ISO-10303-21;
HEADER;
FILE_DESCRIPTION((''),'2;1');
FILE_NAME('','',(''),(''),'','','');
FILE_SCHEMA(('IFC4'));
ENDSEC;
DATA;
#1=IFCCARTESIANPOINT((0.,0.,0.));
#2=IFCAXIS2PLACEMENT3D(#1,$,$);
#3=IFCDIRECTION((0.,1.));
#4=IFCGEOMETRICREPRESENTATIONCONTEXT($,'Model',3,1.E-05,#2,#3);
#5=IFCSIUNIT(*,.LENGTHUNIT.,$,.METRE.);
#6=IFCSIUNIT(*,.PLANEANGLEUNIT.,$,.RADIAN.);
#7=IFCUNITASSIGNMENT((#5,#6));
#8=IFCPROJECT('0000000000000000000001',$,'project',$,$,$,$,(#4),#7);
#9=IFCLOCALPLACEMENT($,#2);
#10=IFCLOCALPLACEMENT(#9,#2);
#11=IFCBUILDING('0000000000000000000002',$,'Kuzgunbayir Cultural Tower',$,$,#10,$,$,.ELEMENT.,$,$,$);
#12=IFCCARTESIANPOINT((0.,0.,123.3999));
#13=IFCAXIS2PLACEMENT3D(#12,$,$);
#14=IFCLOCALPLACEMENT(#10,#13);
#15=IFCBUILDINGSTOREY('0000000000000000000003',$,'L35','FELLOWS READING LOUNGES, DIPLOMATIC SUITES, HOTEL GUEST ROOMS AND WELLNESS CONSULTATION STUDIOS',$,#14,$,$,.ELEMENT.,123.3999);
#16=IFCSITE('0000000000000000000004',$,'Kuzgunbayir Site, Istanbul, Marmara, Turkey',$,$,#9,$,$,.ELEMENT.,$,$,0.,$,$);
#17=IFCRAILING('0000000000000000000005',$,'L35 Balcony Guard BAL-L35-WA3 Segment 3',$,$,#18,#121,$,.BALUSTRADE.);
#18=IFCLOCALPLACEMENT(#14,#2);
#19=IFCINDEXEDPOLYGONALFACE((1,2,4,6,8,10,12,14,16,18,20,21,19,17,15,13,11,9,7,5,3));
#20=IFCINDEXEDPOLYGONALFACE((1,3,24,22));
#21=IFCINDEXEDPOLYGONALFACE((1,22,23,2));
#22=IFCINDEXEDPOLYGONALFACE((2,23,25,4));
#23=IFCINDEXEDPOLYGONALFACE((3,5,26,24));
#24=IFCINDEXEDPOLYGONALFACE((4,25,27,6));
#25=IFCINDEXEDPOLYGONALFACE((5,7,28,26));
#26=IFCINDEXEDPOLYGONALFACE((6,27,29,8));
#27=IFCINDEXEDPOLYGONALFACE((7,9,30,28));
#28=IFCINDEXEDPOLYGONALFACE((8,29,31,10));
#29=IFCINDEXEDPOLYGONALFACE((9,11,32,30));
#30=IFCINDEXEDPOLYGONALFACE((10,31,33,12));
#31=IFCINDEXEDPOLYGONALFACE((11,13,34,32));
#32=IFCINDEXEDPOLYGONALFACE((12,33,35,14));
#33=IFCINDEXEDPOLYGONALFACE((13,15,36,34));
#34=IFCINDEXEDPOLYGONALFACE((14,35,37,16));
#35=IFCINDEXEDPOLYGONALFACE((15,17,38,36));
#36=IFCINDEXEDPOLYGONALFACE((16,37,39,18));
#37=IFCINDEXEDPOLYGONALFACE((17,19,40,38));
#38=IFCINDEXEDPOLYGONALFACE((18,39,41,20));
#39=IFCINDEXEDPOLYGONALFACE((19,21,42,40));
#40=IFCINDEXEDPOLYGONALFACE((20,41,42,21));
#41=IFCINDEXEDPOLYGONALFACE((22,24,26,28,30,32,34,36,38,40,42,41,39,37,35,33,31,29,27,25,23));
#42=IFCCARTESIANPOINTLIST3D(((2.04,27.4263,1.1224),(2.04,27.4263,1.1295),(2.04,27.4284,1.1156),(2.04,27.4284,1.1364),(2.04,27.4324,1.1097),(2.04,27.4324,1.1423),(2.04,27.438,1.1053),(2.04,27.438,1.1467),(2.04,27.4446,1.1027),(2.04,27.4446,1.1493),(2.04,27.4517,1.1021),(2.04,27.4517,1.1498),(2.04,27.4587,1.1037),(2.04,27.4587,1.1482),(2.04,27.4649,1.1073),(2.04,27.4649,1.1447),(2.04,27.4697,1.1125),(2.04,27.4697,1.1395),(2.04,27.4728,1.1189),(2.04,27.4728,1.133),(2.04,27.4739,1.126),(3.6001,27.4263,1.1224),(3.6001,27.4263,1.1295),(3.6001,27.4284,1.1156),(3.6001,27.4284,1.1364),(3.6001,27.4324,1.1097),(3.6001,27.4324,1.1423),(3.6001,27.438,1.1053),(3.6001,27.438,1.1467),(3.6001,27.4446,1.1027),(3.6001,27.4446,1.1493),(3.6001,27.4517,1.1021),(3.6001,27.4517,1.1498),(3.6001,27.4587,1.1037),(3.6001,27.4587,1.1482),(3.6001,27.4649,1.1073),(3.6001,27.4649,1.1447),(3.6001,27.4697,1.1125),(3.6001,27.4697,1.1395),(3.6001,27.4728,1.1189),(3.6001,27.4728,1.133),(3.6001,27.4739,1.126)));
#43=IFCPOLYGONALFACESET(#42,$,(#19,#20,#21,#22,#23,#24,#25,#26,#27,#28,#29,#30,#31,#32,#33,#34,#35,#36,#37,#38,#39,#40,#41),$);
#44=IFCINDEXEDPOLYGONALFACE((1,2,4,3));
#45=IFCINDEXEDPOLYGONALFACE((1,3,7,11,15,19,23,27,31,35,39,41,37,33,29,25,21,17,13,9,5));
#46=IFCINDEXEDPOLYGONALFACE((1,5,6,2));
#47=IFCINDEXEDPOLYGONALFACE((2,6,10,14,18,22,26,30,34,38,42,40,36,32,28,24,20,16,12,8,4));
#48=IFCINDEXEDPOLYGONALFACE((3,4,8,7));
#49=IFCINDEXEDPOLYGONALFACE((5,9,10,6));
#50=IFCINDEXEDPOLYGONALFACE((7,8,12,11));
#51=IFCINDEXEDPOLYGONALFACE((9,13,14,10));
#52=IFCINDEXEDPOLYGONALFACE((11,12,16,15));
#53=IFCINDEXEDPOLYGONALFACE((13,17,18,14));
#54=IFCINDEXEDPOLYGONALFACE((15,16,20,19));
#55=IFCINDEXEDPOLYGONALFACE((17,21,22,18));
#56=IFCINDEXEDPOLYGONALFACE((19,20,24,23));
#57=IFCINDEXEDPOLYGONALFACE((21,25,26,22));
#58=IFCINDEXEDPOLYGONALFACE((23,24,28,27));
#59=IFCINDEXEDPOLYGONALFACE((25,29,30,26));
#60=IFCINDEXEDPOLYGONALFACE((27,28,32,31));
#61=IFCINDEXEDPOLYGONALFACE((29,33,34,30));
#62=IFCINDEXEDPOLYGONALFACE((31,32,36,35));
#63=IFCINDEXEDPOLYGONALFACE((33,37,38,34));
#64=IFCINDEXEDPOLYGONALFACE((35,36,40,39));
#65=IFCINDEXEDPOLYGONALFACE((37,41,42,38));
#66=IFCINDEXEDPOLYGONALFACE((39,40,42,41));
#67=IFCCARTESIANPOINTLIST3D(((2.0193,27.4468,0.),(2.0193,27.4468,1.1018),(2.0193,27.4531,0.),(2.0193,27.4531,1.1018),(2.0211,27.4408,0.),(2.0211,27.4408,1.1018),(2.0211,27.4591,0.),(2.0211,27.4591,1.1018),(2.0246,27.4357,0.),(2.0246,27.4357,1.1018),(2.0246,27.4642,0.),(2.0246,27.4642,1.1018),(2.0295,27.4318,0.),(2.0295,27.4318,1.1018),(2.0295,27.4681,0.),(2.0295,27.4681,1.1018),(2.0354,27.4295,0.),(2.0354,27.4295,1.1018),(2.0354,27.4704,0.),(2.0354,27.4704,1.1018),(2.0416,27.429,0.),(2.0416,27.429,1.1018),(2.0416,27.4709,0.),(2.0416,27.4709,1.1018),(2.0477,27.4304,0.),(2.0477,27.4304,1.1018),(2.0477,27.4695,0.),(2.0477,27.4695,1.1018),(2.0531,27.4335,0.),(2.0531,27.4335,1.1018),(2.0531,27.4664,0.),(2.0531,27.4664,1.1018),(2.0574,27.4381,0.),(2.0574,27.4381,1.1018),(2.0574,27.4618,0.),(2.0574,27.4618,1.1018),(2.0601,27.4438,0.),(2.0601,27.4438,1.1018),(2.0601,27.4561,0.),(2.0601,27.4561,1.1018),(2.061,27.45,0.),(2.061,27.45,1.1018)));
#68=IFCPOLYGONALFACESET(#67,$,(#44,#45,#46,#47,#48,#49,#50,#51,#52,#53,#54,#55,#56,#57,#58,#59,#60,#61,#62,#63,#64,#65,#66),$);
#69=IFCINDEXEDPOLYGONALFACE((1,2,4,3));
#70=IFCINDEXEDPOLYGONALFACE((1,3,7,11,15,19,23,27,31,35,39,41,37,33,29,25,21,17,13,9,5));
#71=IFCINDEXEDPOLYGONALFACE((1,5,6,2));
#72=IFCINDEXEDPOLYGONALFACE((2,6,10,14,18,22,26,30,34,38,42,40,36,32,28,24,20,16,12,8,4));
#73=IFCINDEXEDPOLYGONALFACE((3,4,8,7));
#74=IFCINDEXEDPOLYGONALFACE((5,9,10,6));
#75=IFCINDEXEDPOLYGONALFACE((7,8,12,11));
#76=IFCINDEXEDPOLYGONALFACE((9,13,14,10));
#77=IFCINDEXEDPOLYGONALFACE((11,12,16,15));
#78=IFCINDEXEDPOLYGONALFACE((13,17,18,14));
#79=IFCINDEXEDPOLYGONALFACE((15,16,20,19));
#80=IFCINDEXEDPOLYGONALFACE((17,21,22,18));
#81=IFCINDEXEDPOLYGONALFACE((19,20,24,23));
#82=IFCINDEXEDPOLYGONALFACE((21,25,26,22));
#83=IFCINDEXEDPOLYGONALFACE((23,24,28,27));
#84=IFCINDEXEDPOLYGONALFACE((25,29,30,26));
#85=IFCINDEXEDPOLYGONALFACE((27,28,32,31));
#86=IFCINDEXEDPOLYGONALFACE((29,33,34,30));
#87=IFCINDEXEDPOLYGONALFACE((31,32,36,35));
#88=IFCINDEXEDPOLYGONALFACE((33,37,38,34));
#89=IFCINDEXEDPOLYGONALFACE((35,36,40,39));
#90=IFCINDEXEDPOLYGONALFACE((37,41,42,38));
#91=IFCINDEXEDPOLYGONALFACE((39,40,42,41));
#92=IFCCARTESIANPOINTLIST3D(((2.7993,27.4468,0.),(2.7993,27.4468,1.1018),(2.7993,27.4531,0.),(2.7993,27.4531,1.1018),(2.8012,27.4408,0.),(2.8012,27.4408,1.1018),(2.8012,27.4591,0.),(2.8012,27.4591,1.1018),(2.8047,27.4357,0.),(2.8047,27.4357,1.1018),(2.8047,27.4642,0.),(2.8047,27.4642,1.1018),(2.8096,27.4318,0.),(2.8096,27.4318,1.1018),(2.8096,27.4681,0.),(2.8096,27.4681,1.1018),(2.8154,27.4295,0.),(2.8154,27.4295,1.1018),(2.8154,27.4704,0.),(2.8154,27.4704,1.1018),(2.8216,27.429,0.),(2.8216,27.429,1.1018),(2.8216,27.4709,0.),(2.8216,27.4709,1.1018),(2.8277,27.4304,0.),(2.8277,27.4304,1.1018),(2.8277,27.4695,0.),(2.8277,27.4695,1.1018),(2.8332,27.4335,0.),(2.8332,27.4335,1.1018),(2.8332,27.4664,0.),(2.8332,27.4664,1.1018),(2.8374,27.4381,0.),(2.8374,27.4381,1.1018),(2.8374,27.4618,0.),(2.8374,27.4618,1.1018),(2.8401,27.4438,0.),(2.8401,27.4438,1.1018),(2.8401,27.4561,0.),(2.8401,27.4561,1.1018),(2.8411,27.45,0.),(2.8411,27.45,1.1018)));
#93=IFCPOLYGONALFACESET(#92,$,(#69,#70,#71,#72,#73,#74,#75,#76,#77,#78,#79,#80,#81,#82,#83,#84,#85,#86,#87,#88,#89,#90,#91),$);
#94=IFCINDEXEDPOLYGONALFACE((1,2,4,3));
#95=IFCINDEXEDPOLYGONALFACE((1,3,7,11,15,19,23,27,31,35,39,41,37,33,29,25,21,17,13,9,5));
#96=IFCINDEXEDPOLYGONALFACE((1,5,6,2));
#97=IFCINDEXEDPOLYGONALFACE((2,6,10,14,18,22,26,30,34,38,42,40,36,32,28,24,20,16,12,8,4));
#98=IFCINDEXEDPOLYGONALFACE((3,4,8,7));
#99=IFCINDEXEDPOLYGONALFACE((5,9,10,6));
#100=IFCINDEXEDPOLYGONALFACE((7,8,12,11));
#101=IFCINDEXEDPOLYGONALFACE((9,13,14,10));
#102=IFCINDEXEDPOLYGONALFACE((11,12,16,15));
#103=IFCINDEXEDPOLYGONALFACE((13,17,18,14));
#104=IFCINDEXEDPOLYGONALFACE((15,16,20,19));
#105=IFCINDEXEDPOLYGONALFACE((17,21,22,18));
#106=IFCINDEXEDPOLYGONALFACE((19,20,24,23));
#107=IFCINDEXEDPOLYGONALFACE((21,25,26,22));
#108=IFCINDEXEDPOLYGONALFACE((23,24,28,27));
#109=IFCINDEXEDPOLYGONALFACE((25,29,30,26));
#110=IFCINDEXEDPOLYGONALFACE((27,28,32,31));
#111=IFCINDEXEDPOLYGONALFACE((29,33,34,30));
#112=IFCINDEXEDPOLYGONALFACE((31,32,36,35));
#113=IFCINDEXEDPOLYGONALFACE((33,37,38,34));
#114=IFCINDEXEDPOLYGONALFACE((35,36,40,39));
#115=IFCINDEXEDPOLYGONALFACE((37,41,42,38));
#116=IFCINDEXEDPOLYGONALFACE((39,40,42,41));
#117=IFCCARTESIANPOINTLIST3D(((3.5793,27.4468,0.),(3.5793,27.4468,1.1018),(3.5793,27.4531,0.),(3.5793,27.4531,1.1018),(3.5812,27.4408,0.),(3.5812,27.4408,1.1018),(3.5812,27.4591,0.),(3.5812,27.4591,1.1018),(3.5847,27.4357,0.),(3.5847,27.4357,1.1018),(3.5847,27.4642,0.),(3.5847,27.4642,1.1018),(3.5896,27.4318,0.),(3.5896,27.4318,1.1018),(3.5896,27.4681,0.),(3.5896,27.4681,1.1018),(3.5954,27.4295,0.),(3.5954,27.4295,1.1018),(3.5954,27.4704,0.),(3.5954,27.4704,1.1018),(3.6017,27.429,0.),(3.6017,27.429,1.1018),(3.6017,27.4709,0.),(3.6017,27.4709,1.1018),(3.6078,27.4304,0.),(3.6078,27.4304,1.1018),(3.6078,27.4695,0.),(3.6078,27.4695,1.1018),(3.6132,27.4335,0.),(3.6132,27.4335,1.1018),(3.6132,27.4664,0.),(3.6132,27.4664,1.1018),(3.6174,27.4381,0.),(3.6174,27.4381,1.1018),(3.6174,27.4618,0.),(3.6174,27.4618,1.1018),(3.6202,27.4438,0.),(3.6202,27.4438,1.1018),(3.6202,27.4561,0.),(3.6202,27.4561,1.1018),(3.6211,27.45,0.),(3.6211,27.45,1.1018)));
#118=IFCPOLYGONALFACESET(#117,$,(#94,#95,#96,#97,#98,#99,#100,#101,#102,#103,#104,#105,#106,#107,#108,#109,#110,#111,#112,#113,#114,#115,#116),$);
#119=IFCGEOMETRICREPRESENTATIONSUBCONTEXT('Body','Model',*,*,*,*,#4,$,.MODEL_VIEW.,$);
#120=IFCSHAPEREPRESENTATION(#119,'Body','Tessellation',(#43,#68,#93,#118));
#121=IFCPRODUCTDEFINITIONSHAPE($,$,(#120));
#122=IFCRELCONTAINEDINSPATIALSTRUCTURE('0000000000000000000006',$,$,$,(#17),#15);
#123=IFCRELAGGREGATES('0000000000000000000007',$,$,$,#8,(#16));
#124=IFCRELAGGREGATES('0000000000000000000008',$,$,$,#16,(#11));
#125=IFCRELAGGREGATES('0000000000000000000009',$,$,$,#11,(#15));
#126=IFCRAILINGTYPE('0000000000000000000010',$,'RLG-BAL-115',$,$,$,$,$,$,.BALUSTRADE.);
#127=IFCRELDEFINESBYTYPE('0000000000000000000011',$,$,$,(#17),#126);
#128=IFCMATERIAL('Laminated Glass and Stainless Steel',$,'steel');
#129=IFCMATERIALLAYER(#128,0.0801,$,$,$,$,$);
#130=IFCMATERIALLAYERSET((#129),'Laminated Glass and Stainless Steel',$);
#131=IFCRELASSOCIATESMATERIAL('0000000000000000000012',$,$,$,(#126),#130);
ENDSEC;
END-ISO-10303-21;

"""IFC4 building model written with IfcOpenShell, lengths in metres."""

from ifc_helpers import new_model, si_unit, direction, frame, origin, origin_2d, place, context, subcontext, project, spatial, circle, extrude, material, layer, layer_set, type_object, element, save


model = new_model("IFC4")

# Units and contexts
model_context = context("Model", 3, precision=1e-05, world=origin(), true_north=direction((0.0, 1.0)))
body_context = subcontext(model_context, "Body", "Model", "MODEL_VIEW")
ifc_project = project(units=[si_unit("LENGTHUNIT", "METRE"), si_unit("PLANEANGLEUNIT", "RADIAN")], contexts=[model_context])

# Site, building, storey
site_placement = place(None, origin())
site = spatial("IfcSite", under=ifc_project, at=site_placement, Name="Kuzgunbayir Site, Istanbul, Marmara, Turkey", CompositionType="ELEMENT", RefElevation=0.0)
building_placement = place(site_placement, origin())
building = spatial("IfcBuilding", under=site, at=building_placement, Name="Kuzgunbayir Cultural Tower", CompositionType="ELEMENT")
storey_placement = place(building_placement, frame((0.0, 0.0, 123.3999)))
storey = spatial("IfcBuildingStorey", under=building, at=storey_placement, Name="L35", Description="FELLOWS READING LOUNGES, DIPLOMATIC SUITES, HOTEL GUEST ROOMS AND WELLNESS CONSULTATION STUDIOS", CompositionType="ELEMENT", Elevation=123.3999)

# Railing
ifc_material_1 = material(Name="Laminated Glass and Stainless Steel", Category="steel")
ifc_layer_1 = layer(ifc_material_1, 0.0801)
ifc_layer_set_1 = layer_set([ifc_layer_1], Name="Laminated Glass and Stainless Steel")
railing_type = type_object("IfcRailingType", Name="RLG-BAL-115", PredefinedType="BALUSTRADE", material=ifc_layer_set_1)
railing_1_placement = place(storey_placement, frame((2.04, 27.45, 0.0)))
element("IfcRailing", 1, at=railing_1_placement, inside=storey, type_object=railing_type, Name="L35 Balcony Guard BAL-L35-WA3 Segment 3", PredefinedType="BALUSTRADE", context=body_context, shape_type="SweptSolid", body=[
    extrude(circle(Radius=0.0239, at=origin_2d()), frame((0.0, 0.0, 1.126), z_axis=(1.0, 0.0, 0.0), x_axis=(0.0, 1.0, 0.0)), (0.0, 0.0, 1.0), 1.5601),
    extrude(circle(Radius=0.021, at=origin_2d()), origin(), (0.0, 0.0, 1.0), 1.1018),
    extrude(circle(Radius=0.021, at=origin_2d()), frame((0.78, 0.0, 0.0)), (0.0, 0.0, 1.0), 1.1018),
    extrude(circle(Radius=0.021, at=origin_2d()), frame((1.5601, 0.0, 0.0)), (0.0, 0.0, 1.0), 1.1018),
])

save(model, "model.ifc")
